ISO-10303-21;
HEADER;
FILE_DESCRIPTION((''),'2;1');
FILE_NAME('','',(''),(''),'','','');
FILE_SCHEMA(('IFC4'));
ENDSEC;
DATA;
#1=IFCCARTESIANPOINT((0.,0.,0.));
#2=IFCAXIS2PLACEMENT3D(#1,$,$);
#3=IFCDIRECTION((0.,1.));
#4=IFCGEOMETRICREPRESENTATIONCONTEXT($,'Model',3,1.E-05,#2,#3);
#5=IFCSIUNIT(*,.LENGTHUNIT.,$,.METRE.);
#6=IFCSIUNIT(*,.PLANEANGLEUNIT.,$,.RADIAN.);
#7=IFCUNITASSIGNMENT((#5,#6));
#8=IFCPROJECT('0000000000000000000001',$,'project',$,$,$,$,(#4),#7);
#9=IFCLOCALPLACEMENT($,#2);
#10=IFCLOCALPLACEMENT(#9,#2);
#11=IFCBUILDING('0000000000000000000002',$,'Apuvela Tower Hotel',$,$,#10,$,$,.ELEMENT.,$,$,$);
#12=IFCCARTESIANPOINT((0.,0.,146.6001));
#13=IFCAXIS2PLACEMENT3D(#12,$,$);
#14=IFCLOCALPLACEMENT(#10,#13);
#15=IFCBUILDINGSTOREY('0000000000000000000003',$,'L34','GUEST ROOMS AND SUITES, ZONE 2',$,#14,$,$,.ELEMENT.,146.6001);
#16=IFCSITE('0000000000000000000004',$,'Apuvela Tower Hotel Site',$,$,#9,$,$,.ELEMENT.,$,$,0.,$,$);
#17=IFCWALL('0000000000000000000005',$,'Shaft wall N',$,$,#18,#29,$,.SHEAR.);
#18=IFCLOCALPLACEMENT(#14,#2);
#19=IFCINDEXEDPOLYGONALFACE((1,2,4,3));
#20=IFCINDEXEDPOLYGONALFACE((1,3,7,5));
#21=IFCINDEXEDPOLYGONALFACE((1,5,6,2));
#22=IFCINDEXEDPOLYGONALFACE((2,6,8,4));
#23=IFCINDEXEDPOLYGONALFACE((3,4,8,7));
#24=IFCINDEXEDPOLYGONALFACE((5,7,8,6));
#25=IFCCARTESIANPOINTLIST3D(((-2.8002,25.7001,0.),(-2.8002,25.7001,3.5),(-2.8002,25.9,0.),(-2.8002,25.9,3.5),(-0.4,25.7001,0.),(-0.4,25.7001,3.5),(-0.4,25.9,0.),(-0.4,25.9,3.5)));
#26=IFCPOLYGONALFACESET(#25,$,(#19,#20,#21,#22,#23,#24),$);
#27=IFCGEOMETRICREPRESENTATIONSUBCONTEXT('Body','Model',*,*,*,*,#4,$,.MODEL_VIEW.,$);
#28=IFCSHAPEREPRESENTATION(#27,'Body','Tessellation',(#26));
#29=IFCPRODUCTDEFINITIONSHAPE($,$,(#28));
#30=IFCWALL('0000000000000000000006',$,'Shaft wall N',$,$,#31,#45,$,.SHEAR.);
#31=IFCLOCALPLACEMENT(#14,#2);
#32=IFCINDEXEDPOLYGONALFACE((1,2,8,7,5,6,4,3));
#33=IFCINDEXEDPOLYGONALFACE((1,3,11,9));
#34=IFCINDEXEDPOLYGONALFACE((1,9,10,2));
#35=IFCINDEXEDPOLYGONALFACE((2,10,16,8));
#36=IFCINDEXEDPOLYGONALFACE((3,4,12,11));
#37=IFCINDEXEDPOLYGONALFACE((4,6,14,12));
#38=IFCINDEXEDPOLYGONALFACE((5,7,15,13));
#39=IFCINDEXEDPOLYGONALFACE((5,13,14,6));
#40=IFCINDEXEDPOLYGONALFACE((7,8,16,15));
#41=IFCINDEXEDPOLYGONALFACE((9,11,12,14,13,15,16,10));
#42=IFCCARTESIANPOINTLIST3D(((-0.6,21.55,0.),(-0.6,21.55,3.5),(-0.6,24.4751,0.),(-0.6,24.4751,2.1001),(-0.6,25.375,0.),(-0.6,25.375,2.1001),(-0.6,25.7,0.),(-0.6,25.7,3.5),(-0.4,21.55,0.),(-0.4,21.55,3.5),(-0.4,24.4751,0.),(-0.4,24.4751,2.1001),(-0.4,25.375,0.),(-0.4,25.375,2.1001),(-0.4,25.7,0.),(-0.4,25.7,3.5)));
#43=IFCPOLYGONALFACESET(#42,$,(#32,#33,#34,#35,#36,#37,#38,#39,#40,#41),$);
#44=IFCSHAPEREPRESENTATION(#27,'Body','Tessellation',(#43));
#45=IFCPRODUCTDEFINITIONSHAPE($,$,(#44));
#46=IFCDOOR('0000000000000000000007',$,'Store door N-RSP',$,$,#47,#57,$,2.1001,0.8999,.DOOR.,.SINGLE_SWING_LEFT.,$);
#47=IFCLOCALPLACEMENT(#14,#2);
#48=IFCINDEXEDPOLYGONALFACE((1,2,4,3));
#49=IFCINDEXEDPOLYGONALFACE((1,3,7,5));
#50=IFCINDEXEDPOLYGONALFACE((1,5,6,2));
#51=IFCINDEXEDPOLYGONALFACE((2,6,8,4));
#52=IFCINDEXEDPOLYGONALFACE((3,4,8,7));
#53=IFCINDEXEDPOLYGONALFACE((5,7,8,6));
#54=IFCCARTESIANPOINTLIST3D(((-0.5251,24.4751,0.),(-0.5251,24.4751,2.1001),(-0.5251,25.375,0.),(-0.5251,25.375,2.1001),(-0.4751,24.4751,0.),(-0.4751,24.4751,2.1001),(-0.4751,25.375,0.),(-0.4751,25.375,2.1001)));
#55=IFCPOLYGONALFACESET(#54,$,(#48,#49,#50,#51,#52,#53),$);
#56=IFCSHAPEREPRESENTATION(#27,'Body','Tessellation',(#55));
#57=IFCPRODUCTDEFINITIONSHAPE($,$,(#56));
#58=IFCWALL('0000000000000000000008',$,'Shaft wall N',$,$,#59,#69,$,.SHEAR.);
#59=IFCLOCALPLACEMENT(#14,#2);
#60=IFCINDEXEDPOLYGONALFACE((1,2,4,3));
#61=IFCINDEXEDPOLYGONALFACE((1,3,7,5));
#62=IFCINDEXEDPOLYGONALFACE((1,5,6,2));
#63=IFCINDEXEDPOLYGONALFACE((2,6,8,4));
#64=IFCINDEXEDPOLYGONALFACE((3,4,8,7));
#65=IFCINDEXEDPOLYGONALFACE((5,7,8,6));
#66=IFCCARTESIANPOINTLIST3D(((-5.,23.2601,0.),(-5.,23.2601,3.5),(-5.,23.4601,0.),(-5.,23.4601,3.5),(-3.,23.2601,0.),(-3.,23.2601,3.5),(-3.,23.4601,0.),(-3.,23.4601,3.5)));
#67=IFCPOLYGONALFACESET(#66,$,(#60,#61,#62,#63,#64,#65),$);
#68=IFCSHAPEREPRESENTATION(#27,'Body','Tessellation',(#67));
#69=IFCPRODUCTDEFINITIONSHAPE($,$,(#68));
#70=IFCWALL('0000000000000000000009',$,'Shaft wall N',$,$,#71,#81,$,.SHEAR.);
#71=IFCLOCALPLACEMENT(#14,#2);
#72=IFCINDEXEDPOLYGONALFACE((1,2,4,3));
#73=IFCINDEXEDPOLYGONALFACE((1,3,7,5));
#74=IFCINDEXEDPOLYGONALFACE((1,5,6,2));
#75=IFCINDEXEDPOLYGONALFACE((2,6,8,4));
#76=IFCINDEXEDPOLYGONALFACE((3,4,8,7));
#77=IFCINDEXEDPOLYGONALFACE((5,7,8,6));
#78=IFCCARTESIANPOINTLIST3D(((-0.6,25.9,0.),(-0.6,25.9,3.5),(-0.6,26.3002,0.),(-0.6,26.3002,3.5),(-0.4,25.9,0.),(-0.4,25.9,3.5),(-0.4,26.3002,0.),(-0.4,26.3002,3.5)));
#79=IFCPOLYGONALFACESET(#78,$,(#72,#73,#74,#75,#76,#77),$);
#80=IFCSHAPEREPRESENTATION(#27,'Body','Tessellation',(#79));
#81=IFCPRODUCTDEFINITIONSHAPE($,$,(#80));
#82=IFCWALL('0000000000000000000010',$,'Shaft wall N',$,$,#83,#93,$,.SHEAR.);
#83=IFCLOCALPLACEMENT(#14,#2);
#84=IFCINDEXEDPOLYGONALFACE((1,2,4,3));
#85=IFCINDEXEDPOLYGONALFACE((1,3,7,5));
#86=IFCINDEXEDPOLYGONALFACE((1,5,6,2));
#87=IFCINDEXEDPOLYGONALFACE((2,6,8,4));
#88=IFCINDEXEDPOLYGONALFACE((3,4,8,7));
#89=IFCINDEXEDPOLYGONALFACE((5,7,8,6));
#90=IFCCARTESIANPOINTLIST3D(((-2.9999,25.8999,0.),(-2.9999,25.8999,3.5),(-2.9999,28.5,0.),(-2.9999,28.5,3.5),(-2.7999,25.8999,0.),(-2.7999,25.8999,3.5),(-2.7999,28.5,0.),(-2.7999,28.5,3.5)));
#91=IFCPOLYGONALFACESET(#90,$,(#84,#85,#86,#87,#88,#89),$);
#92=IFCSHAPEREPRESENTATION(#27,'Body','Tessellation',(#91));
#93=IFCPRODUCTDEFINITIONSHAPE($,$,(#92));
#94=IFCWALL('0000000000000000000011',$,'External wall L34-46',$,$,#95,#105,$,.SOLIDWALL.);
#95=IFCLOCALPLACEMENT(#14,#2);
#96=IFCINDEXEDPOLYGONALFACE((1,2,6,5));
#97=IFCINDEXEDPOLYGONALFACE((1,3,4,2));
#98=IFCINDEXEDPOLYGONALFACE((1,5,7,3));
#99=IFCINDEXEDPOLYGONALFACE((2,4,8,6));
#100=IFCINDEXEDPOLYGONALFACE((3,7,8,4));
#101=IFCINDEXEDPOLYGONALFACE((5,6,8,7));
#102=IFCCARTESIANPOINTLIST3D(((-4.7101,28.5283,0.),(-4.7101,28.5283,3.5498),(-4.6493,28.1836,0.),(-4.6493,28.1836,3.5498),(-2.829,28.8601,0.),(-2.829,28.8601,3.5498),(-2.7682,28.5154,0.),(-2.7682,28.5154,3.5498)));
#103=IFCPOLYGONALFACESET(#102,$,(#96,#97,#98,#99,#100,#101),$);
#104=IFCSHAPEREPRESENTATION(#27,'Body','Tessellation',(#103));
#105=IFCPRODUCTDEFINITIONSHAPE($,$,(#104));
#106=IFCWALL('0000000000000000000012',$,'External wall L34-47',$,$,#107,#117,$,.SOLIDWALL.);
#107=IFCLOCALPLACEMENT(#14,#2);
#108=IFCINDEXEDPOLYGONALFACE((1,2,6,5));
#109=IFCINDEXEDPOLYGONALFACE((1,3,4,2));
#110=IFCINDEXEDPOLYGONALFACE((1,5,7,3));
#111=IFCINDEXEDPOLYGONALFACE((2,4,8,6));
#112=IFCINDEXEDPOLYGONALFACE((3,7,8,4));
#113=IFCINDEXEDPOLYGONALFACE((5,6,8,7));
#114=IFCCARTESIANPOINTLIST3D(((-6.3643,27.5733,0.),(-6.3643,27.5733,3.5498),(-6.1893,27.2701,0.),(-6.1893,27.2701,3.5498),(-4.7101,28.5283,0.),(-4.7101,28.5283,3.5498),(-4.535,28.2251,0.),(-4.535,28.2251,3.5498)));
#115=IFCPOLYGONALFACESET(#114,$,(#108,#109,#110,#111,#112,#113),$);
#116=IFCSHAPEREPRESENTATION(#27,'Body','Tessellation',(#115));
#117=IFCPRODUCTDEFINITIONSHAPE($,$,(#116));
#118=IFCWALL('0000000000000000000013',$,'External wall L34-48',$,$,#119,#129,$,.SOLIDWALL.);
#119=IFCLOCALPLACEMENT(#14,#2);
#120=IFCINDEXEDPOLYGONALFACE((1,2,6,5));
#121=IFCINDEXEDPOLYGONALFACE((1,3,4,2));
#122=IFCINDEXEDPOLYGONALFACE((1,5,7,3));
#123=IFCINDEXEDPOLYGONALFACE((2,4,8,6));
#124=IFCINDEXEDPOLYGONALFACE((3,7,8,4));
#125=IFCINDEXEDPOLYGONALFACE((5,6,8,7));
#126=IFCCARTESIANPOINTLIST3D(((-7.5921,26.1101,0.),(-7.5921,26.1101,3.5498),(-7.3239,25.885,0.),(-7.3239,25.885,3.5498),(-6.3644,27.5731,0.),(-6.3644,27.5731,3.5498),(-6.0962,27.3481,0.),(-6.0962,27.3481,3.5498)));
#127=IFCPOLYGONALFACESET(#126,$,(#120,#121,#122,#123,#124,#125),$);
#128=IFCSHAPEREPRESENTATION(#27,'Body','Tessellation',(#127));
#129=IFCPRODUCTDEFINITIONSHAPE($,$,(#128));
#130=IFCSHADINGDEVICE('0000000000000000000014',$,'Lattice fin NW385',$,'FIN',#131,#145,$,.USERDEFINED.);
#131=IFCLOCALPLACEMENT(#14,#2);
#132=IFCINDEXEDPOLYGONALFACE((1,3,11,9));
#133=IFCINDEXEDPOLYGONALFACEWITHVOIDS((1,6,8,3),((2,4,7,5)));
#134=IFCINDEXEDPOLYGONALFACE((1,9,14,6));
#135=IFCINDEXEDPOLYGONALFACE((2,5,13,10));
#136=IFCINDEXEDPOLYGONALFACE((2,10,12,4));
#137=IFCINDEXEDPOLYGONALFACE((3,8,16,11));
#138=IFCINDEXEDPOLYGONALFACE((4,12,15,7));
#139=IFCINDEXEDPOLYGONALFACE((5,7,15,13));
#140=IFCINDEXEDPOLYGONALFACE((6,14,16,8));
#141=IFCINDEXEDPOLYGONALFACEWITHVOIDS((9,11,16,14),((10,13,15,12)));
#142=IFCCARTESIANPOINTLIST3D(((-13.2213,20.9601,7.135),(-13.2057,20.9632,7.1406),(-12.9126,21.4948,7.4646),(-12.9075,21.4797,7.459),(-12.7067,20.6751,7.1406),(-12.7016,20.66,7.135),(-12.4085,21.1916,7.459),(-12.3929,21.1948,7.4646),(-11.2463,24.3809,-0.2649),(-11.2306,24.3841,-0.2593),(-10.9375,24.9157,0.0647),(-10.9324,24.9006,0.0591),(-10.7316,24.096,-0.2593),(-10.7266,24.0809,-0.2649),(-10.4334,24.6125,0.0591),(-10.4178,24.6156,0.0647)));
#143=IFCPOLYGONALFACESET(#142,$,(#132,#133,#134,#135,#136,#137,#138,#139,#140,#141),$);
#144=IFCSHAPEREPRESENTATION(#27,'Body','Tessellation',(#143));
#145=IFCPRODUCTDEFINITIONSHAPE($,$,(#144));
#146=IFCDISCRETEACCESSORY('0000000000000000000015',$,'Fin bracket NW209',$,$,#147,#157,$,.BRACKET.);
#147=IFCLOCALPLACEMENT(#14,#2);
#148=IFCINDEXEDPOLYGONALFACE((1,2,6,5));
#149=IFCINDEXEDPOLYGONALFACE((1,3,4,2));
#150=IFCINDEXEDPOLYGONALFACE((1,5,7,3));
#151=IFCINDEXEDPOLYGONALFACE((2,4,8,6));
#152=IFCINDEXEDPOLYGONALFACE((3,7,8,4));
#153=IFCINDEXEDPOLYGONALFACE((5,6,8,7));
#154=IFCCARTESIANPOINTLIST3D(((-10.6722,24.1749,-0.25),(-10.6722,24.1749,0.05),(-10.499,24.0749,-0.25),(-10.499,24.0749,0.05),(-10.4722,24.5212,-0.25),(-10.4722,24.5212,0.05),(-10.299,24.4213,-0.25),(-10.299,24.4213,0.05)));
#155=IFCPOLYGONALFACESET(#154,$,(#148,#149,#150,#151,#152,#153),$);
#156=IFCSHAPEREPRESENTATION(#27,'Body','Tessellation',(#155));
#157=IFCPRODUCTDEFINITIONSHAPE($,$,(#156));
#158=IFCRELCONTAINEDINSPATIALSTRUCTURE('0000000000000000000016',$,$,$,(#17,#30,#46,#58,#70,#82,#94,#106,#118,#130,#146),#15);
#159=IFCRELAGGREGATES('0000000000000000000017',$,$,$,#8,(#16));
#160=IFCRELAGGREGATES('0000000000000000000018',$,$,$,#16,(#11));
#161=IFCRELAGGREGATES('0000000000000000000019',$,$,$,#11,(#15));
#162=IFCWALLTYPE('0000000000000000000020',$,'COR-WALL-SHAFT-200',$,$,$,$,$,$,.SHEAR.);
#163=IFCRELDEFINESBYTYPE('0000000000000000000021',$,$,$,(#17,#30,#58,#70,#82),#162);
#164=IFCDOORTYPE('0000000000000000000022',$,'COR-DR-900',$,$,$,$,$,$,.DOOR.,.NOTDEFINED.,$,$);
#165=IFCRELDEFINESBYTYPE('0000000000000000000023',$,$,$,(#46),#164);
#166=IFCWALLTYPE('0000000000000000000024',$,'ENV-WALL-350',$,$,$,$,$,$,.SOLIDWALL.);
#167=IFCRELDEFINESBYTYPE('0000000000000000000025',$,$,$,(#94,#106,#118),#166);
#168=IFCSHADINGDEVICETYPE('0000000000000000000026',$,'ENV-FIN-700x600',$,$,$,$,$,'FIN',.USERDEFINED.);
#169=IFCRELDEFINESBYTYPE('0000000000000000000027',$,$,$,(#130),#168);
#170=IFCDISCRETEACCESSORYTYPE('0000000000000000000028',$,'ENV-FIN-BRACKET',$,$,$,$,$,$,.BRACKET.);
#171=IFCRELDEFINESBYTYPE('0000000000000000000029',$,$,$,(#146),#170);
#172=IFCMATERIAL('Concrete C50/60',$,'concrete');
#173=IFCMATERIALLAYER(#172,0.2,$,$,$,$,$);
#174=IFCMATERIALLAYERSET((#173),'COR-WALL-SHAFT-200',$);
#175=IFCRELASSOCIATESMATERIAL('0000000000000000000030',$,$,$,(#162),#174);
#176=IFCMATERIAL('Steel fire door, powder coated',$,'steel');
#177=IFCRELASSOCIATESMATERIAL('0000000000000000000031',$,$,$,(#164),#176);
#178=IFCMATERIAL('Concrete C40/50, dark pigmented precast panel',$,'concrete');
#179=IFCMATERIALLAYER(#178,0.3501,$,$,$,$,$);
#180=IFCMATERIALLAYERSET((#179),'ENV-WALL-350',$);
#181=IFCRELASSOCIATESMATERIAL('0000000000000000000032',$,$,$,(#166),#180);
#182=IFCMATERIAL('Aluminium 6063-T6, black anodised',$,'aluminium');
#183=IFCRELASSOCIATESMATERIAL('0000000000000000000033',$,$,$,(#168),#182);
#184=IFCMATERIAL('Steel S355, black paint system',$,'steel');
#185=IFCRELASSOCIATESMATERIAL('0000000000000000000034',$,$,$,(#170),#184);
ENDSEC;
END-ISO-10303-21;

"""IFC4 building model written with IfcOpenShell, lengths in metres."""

from ifc_helpers import new_model, si_unit, direction, frame, frame_2d, origin, origin_2d, place, context, subcontext, project, spatial, rectangle, hollow_rectangle, extrude, material, layer, layer_set, material_profile, profile_set, type_object, element, fill, save


model = new_model("IFC4")

# Units and contexts
model_context = context("Model", 3, precision=1e-05, world=origin(), true_north=direction((0.0, 1.0)))
body_context = subcontext(model_context, "Body", "Model", "MODEL_VIEW")
ifc_project = project(units=[si_unit("LENGTHUNIT", "METRE"), si_unit("PLANEANGLEUNIT", "RADIAN")], contexts=[model_context])

# Site, building, storey
site_placement = place(None, origin())
site = spatial("IfcSite", under=ifc_project, at=site_placement, Name="Apuvela Tower Hotel Site", CompositionType="ELEMENT", RefElevation=0.0)
building_placement = place(site_placement, origin())
building = spatial("IfcBuilding", under=site, at=building_placement, Name="Apuvela Tower Hotel", CompositionType="ELEMENT")
storey_placement = place(building_placement, frame((0.0, 0.0, 146.6001)))
storey = spatial("IfcBuildingStorey", under=building, at=storey_placement, Name="L34", Description="GUEST ROOMS AND SUITES, ZONE 2", CompositionType="ELEMENT", Elevation=146.6001)

# Wall
ifc_material_1 = material(Name="Concrete C50/60", Category="concrete")
ifc_layer_1 = layer(ifc_material_1, 0.2)
ifc_layer_set_1 = layer_set([ifc_layer_1], Name="COR-WALL-SHAFT-200")
wall_type_1 = type_object("IfcWallType", Name="COR-WALL-SHAFT-200", PredefinedType="SHEAR", material=ifc_layer_set_1)
wall_1_placement = place(storey_placement, frame((-0.3999, 25.8, 0.0), z_axis=(0.0, 0.0, 1.0), x_axis=(-1.0, 0.0, 0.0)))
element("IfcWall", 1, at=wall_1_placement, inside=storey, type_object=wall_type_1, Name="Shaft wall N", PredefinedType="SHEAR", context=body_context, shape_type="SweptSolid", body=[
    extrude(rectangle(XDim=2.4001, YDim=0.2, at=frame_2d((1.2002, 0.0))), origin(), (0.0, 0.0, 1.0), 3.5),
])

# Wall, opening, door
wall_2_placement = place(storey_placement, frame((-0.5, 21.55, 0.0), z_axis=(0.0, 0.0, 1.0), x_axis=(0.0, 1.0, 0.0)))
wall_2 = element("IfcWall", 2, at=wall_2_placement, inside=storey, type_object=wall_type_1, Name="Shaft wall N", PredefinedType="SHEAR", context=body_context, shape_type="SweptSolid", body=[
    extrude(rectangle(XDim=4.1499, YDim=0.2, at=frame_2d((2.075, 0.0))), origin(), (0.0, 0.0, 1.0), 3.5),
])
opening_1_placement = place(wall_2_placement, frame((2.925, 0.0, 0.0)))
opening_1 = element("IfcOpeningElement", 3, at=opening_1_placement, cuts=wall_2, PredefinedType="OPENING", context=body_context, shape_type="SweptSolid", body=[
    extrude(rectangle(XDim=0.8999, YDim=2.1001, at=frame_2d((0.45, 1.05))), frame((0.0, 0.1099, 0.0), z_axis=(0.0, -1.0, 0.0), x_axis=(1.0, 0.0, 0.0)), (0.0, 0.0, 1.0), 0.22),
])
ifc_material_2 = material(Name="Steel fire door, powder coated", Category="steel")
door_type_1 = type_object("IfcDoorType", Name="COR-DR-900", OperationType="NOTDEFINED", PredefinedType="DOOR", material=ifc_material_2)
door_1_placement = place(opening_1_placement, frame((0.8999, 0.0, 0.0), z_axis=(0.0, 0.0, 1.0), x_axis=(-1.0, 0.0, 0.0)))
door_1 = element("IfcDoor", 4, at=door_1_placement, inside=storey, type_object=door_type_1, Name="Store door N-RSP", OperationType="SINGLE_SWING_LEFT", OverallHeight=2.1001, OverallWidth=0.8999, PredefinedType="DOOR", context=body_context, shape_type="SweptSolid", body=[
    extrude(rectangle(XDim=0.8999, YDim=2.1001, at=frame_2d((0.45, 1.05))), frame((0.0, 0.0249, 0.0), z_axis=(0.0, -1.0, 0.0), x_axis=(1.0, 0.0, 0.0)), (0.0, 0.0, 1.0), 0.05),
])
fill(opening_1, door_1)

# Walls
wall_3_placement = place(storey_placement, frame((-3.0, 23.3601, 0.0), z_axis=(0.0, 0.0, 1.0), x_axis=(-1.0, 0.0, 0.0)))
element("IfcWall", 5, at=wall_3_placement, inside=storey, type_object=wall_type_1, Name="Shaft wall N", PredefinedType="SHEAR", context=body_context, shape_type="SweptSolid", body=[
    extrude(rectangle(XDim=2.0, YDim=0.2, at=frame_2d((1.0, 0.0))), origin(), (0.0, 0.0, 1.0), 3.5),
])
wall_4_placement = place(storey_placement, frame((-0.5, 25.8999, 0.0), z_axis=(0.0, 0.0, 1.0), x_axis=(0.0, 1.0, 0.0)))
element("IfcWall", 6, at=wall_4_placement, inside=storey, type_object=wall_type_1, Name="Shaft wall N", PredefinedType="SHEAR", context=body_context, shape_type="SweptSolid", body=[
    extrude(rectangle(XDim=0.4001, YDim=0.2, at=frame_2d((0.2002, 0.0))), origin(), (0.0, 0.0, 1.0), 3.5),
])
wall_5_placement = place(storey_placement, frame((-2.8999, 25.8999, 0.0), z_axis=(0.0, 0.0, 1.0), x_axis=(0.0, 1.0, 0.0)))
element("IfcWall", 7, at=wall_5_placement, inside=storey, type_object=wall_type_1, Name="Shaft wall N", PredefinedType="SHEAR", context=body_context, shape_type="SweptSolid", body=[
    extrude(rectangle(XDim=2.6001, YDim=0.2, at=frame_2d((1.3, 0.0))), origin(), (0.0, 0.0, 1.0), 3.5),
])

# Shared definitions
ifc_material_3 = material(Name="Concrete C40/50, dark pigmented precast panel", Category="concrete")
ifc_layer_2 = layer(ifc_material_3, 0.3501)
ifc_layer_set_2 = layer_set([ifc_layer_2], Name="ENV-WALL-350")
wall_type_2 = type_object("IfcWallType", Name="ENV-WALL-350", PredefinedType="SOLIDWALL", material=ifc_layer_set_2)

# Walls
for number, where, z_axis, x_axis, name in (
    (8, (-2.7986, 28.6877, 0.0), (0.0, 0.0, 1.0), (-0.984799, -0.173698, 0.0), "External wall L34-46"),
    (9, (-4.6226, 28.3767, 0.0), (0.0, 0.0, 1.0), (-0.866032, -0.499988, 0.0), "External wall L34-47"),
):
    element("IfcWall", number, at=place(storey_placement, frame(where, z_axis=z_axis, x_axis=x_axis)), inside=storey, type_object=wall_type_2, Name=name, PredefinedType="SOLIDWALL", context=body_context, shape_type="SweptSolid", body=[
        extrude(rectangle(XDim=1.9102, YDim=0.3501, at=frame_2d((0.9551, 0.0))), origin(), (0.0, 0.0, 1.0), 3.5498),
    ])
wall_6_placement = place(storey_placement, frame((-6.2302, 27.4607, 0.0), z_axis=(0.0, 0.0, 1.0), x_axis=(-0.642808, -0.766027, 0.0)))
element("IfcWall", 10, at=wall_6_placement, inside=storey, type_object=wall_type_2, Name="External wall L34-48", PredefinedType="SOLIDWALL", context=body_context, shape_type="SweptSolid", body=[
    extrude(rectangle(XDim=1.9099, YDim=0.3501, at=frame_2d((0.9551, 0.0))), origin(), (0.0, 0.0, 1.0), 3.5498),
])

# Shading device
ifc_material_4 = material(Name="Aluminium 6063-T6, black anodised", Category="aluminium")
ifc_material_profile_1 = material_profile(ifc_material_4, hollow_rectangle(XDim=0.6001, YDim=0.7, WallThickness=0.012, at=origin_2d()), Name="AL BOX 700x600x12")
ifc_profile_set_1 = profile_set([ifc_material_profile_1], Name="Aluminium 6063-T6, black anodised")
shading_device_type = type_object("IfcShadingDeviceType", Name="ENV-FIN-700x600", ElementType="FIN", PredefinedType="USERDEFINED", material=ifc_profile_set_1)
shading_device_placement = place(storey_placement, frame((-10.832, 24.4983, -0.1001), z_axis=(-0.235461, -0.407822, 0.882179), x_axis=(0.866021, -0.500008, 0.0)))
element("IfcShadingDevice", 11, at=shading_device_placement, inside=storey, type_object=shading_device_type, Name="Lattice fin NW385", ObjectType="FIN", PredefinedType="USERDEFINED", context=body_context, shape_type="SweptSolid", body=[
    extrude(hollow_rectangle(XDim=0.6001, YDim=0.7, WallThickness=0.012, at=origin_2d()), origin(), (0.0, 0.0, 1.0), 8.3882),
])

# Discrete accessory
ifc_material_5 = material(Name="Steel S355, black paint system", Category="steel")
discrete_accessory_type = type_object("IfcDiscreteAccessoryType", Name="ENV-FIN-BRACKET", PredefinedType="BRACKET", material=ifc_material_5)
discrete_accessory_placement = place(storey_placement, frame((-10.4856, 24.2981, -0.25), z_axis=(0.0, 0.0, 1.0), x_axis=(-0.5, -0.866025, 0.0)))
element("IfcDiscreteAccessory", 12, at=discrete_accessory_placement, inside=storey, type_object=discrete_accessory_type, Name="Fin bracket NW209", PredefinedType="BRACKET", context=body_context, shape_type="SweptSolid", body=[
    extrude(rectangle(XDim=0.3999, YDim=0.2, at=origin_2d()), origin(), (0.0, 0.0, 1.0), 0.3),
])

save(model, "model.ifc")
